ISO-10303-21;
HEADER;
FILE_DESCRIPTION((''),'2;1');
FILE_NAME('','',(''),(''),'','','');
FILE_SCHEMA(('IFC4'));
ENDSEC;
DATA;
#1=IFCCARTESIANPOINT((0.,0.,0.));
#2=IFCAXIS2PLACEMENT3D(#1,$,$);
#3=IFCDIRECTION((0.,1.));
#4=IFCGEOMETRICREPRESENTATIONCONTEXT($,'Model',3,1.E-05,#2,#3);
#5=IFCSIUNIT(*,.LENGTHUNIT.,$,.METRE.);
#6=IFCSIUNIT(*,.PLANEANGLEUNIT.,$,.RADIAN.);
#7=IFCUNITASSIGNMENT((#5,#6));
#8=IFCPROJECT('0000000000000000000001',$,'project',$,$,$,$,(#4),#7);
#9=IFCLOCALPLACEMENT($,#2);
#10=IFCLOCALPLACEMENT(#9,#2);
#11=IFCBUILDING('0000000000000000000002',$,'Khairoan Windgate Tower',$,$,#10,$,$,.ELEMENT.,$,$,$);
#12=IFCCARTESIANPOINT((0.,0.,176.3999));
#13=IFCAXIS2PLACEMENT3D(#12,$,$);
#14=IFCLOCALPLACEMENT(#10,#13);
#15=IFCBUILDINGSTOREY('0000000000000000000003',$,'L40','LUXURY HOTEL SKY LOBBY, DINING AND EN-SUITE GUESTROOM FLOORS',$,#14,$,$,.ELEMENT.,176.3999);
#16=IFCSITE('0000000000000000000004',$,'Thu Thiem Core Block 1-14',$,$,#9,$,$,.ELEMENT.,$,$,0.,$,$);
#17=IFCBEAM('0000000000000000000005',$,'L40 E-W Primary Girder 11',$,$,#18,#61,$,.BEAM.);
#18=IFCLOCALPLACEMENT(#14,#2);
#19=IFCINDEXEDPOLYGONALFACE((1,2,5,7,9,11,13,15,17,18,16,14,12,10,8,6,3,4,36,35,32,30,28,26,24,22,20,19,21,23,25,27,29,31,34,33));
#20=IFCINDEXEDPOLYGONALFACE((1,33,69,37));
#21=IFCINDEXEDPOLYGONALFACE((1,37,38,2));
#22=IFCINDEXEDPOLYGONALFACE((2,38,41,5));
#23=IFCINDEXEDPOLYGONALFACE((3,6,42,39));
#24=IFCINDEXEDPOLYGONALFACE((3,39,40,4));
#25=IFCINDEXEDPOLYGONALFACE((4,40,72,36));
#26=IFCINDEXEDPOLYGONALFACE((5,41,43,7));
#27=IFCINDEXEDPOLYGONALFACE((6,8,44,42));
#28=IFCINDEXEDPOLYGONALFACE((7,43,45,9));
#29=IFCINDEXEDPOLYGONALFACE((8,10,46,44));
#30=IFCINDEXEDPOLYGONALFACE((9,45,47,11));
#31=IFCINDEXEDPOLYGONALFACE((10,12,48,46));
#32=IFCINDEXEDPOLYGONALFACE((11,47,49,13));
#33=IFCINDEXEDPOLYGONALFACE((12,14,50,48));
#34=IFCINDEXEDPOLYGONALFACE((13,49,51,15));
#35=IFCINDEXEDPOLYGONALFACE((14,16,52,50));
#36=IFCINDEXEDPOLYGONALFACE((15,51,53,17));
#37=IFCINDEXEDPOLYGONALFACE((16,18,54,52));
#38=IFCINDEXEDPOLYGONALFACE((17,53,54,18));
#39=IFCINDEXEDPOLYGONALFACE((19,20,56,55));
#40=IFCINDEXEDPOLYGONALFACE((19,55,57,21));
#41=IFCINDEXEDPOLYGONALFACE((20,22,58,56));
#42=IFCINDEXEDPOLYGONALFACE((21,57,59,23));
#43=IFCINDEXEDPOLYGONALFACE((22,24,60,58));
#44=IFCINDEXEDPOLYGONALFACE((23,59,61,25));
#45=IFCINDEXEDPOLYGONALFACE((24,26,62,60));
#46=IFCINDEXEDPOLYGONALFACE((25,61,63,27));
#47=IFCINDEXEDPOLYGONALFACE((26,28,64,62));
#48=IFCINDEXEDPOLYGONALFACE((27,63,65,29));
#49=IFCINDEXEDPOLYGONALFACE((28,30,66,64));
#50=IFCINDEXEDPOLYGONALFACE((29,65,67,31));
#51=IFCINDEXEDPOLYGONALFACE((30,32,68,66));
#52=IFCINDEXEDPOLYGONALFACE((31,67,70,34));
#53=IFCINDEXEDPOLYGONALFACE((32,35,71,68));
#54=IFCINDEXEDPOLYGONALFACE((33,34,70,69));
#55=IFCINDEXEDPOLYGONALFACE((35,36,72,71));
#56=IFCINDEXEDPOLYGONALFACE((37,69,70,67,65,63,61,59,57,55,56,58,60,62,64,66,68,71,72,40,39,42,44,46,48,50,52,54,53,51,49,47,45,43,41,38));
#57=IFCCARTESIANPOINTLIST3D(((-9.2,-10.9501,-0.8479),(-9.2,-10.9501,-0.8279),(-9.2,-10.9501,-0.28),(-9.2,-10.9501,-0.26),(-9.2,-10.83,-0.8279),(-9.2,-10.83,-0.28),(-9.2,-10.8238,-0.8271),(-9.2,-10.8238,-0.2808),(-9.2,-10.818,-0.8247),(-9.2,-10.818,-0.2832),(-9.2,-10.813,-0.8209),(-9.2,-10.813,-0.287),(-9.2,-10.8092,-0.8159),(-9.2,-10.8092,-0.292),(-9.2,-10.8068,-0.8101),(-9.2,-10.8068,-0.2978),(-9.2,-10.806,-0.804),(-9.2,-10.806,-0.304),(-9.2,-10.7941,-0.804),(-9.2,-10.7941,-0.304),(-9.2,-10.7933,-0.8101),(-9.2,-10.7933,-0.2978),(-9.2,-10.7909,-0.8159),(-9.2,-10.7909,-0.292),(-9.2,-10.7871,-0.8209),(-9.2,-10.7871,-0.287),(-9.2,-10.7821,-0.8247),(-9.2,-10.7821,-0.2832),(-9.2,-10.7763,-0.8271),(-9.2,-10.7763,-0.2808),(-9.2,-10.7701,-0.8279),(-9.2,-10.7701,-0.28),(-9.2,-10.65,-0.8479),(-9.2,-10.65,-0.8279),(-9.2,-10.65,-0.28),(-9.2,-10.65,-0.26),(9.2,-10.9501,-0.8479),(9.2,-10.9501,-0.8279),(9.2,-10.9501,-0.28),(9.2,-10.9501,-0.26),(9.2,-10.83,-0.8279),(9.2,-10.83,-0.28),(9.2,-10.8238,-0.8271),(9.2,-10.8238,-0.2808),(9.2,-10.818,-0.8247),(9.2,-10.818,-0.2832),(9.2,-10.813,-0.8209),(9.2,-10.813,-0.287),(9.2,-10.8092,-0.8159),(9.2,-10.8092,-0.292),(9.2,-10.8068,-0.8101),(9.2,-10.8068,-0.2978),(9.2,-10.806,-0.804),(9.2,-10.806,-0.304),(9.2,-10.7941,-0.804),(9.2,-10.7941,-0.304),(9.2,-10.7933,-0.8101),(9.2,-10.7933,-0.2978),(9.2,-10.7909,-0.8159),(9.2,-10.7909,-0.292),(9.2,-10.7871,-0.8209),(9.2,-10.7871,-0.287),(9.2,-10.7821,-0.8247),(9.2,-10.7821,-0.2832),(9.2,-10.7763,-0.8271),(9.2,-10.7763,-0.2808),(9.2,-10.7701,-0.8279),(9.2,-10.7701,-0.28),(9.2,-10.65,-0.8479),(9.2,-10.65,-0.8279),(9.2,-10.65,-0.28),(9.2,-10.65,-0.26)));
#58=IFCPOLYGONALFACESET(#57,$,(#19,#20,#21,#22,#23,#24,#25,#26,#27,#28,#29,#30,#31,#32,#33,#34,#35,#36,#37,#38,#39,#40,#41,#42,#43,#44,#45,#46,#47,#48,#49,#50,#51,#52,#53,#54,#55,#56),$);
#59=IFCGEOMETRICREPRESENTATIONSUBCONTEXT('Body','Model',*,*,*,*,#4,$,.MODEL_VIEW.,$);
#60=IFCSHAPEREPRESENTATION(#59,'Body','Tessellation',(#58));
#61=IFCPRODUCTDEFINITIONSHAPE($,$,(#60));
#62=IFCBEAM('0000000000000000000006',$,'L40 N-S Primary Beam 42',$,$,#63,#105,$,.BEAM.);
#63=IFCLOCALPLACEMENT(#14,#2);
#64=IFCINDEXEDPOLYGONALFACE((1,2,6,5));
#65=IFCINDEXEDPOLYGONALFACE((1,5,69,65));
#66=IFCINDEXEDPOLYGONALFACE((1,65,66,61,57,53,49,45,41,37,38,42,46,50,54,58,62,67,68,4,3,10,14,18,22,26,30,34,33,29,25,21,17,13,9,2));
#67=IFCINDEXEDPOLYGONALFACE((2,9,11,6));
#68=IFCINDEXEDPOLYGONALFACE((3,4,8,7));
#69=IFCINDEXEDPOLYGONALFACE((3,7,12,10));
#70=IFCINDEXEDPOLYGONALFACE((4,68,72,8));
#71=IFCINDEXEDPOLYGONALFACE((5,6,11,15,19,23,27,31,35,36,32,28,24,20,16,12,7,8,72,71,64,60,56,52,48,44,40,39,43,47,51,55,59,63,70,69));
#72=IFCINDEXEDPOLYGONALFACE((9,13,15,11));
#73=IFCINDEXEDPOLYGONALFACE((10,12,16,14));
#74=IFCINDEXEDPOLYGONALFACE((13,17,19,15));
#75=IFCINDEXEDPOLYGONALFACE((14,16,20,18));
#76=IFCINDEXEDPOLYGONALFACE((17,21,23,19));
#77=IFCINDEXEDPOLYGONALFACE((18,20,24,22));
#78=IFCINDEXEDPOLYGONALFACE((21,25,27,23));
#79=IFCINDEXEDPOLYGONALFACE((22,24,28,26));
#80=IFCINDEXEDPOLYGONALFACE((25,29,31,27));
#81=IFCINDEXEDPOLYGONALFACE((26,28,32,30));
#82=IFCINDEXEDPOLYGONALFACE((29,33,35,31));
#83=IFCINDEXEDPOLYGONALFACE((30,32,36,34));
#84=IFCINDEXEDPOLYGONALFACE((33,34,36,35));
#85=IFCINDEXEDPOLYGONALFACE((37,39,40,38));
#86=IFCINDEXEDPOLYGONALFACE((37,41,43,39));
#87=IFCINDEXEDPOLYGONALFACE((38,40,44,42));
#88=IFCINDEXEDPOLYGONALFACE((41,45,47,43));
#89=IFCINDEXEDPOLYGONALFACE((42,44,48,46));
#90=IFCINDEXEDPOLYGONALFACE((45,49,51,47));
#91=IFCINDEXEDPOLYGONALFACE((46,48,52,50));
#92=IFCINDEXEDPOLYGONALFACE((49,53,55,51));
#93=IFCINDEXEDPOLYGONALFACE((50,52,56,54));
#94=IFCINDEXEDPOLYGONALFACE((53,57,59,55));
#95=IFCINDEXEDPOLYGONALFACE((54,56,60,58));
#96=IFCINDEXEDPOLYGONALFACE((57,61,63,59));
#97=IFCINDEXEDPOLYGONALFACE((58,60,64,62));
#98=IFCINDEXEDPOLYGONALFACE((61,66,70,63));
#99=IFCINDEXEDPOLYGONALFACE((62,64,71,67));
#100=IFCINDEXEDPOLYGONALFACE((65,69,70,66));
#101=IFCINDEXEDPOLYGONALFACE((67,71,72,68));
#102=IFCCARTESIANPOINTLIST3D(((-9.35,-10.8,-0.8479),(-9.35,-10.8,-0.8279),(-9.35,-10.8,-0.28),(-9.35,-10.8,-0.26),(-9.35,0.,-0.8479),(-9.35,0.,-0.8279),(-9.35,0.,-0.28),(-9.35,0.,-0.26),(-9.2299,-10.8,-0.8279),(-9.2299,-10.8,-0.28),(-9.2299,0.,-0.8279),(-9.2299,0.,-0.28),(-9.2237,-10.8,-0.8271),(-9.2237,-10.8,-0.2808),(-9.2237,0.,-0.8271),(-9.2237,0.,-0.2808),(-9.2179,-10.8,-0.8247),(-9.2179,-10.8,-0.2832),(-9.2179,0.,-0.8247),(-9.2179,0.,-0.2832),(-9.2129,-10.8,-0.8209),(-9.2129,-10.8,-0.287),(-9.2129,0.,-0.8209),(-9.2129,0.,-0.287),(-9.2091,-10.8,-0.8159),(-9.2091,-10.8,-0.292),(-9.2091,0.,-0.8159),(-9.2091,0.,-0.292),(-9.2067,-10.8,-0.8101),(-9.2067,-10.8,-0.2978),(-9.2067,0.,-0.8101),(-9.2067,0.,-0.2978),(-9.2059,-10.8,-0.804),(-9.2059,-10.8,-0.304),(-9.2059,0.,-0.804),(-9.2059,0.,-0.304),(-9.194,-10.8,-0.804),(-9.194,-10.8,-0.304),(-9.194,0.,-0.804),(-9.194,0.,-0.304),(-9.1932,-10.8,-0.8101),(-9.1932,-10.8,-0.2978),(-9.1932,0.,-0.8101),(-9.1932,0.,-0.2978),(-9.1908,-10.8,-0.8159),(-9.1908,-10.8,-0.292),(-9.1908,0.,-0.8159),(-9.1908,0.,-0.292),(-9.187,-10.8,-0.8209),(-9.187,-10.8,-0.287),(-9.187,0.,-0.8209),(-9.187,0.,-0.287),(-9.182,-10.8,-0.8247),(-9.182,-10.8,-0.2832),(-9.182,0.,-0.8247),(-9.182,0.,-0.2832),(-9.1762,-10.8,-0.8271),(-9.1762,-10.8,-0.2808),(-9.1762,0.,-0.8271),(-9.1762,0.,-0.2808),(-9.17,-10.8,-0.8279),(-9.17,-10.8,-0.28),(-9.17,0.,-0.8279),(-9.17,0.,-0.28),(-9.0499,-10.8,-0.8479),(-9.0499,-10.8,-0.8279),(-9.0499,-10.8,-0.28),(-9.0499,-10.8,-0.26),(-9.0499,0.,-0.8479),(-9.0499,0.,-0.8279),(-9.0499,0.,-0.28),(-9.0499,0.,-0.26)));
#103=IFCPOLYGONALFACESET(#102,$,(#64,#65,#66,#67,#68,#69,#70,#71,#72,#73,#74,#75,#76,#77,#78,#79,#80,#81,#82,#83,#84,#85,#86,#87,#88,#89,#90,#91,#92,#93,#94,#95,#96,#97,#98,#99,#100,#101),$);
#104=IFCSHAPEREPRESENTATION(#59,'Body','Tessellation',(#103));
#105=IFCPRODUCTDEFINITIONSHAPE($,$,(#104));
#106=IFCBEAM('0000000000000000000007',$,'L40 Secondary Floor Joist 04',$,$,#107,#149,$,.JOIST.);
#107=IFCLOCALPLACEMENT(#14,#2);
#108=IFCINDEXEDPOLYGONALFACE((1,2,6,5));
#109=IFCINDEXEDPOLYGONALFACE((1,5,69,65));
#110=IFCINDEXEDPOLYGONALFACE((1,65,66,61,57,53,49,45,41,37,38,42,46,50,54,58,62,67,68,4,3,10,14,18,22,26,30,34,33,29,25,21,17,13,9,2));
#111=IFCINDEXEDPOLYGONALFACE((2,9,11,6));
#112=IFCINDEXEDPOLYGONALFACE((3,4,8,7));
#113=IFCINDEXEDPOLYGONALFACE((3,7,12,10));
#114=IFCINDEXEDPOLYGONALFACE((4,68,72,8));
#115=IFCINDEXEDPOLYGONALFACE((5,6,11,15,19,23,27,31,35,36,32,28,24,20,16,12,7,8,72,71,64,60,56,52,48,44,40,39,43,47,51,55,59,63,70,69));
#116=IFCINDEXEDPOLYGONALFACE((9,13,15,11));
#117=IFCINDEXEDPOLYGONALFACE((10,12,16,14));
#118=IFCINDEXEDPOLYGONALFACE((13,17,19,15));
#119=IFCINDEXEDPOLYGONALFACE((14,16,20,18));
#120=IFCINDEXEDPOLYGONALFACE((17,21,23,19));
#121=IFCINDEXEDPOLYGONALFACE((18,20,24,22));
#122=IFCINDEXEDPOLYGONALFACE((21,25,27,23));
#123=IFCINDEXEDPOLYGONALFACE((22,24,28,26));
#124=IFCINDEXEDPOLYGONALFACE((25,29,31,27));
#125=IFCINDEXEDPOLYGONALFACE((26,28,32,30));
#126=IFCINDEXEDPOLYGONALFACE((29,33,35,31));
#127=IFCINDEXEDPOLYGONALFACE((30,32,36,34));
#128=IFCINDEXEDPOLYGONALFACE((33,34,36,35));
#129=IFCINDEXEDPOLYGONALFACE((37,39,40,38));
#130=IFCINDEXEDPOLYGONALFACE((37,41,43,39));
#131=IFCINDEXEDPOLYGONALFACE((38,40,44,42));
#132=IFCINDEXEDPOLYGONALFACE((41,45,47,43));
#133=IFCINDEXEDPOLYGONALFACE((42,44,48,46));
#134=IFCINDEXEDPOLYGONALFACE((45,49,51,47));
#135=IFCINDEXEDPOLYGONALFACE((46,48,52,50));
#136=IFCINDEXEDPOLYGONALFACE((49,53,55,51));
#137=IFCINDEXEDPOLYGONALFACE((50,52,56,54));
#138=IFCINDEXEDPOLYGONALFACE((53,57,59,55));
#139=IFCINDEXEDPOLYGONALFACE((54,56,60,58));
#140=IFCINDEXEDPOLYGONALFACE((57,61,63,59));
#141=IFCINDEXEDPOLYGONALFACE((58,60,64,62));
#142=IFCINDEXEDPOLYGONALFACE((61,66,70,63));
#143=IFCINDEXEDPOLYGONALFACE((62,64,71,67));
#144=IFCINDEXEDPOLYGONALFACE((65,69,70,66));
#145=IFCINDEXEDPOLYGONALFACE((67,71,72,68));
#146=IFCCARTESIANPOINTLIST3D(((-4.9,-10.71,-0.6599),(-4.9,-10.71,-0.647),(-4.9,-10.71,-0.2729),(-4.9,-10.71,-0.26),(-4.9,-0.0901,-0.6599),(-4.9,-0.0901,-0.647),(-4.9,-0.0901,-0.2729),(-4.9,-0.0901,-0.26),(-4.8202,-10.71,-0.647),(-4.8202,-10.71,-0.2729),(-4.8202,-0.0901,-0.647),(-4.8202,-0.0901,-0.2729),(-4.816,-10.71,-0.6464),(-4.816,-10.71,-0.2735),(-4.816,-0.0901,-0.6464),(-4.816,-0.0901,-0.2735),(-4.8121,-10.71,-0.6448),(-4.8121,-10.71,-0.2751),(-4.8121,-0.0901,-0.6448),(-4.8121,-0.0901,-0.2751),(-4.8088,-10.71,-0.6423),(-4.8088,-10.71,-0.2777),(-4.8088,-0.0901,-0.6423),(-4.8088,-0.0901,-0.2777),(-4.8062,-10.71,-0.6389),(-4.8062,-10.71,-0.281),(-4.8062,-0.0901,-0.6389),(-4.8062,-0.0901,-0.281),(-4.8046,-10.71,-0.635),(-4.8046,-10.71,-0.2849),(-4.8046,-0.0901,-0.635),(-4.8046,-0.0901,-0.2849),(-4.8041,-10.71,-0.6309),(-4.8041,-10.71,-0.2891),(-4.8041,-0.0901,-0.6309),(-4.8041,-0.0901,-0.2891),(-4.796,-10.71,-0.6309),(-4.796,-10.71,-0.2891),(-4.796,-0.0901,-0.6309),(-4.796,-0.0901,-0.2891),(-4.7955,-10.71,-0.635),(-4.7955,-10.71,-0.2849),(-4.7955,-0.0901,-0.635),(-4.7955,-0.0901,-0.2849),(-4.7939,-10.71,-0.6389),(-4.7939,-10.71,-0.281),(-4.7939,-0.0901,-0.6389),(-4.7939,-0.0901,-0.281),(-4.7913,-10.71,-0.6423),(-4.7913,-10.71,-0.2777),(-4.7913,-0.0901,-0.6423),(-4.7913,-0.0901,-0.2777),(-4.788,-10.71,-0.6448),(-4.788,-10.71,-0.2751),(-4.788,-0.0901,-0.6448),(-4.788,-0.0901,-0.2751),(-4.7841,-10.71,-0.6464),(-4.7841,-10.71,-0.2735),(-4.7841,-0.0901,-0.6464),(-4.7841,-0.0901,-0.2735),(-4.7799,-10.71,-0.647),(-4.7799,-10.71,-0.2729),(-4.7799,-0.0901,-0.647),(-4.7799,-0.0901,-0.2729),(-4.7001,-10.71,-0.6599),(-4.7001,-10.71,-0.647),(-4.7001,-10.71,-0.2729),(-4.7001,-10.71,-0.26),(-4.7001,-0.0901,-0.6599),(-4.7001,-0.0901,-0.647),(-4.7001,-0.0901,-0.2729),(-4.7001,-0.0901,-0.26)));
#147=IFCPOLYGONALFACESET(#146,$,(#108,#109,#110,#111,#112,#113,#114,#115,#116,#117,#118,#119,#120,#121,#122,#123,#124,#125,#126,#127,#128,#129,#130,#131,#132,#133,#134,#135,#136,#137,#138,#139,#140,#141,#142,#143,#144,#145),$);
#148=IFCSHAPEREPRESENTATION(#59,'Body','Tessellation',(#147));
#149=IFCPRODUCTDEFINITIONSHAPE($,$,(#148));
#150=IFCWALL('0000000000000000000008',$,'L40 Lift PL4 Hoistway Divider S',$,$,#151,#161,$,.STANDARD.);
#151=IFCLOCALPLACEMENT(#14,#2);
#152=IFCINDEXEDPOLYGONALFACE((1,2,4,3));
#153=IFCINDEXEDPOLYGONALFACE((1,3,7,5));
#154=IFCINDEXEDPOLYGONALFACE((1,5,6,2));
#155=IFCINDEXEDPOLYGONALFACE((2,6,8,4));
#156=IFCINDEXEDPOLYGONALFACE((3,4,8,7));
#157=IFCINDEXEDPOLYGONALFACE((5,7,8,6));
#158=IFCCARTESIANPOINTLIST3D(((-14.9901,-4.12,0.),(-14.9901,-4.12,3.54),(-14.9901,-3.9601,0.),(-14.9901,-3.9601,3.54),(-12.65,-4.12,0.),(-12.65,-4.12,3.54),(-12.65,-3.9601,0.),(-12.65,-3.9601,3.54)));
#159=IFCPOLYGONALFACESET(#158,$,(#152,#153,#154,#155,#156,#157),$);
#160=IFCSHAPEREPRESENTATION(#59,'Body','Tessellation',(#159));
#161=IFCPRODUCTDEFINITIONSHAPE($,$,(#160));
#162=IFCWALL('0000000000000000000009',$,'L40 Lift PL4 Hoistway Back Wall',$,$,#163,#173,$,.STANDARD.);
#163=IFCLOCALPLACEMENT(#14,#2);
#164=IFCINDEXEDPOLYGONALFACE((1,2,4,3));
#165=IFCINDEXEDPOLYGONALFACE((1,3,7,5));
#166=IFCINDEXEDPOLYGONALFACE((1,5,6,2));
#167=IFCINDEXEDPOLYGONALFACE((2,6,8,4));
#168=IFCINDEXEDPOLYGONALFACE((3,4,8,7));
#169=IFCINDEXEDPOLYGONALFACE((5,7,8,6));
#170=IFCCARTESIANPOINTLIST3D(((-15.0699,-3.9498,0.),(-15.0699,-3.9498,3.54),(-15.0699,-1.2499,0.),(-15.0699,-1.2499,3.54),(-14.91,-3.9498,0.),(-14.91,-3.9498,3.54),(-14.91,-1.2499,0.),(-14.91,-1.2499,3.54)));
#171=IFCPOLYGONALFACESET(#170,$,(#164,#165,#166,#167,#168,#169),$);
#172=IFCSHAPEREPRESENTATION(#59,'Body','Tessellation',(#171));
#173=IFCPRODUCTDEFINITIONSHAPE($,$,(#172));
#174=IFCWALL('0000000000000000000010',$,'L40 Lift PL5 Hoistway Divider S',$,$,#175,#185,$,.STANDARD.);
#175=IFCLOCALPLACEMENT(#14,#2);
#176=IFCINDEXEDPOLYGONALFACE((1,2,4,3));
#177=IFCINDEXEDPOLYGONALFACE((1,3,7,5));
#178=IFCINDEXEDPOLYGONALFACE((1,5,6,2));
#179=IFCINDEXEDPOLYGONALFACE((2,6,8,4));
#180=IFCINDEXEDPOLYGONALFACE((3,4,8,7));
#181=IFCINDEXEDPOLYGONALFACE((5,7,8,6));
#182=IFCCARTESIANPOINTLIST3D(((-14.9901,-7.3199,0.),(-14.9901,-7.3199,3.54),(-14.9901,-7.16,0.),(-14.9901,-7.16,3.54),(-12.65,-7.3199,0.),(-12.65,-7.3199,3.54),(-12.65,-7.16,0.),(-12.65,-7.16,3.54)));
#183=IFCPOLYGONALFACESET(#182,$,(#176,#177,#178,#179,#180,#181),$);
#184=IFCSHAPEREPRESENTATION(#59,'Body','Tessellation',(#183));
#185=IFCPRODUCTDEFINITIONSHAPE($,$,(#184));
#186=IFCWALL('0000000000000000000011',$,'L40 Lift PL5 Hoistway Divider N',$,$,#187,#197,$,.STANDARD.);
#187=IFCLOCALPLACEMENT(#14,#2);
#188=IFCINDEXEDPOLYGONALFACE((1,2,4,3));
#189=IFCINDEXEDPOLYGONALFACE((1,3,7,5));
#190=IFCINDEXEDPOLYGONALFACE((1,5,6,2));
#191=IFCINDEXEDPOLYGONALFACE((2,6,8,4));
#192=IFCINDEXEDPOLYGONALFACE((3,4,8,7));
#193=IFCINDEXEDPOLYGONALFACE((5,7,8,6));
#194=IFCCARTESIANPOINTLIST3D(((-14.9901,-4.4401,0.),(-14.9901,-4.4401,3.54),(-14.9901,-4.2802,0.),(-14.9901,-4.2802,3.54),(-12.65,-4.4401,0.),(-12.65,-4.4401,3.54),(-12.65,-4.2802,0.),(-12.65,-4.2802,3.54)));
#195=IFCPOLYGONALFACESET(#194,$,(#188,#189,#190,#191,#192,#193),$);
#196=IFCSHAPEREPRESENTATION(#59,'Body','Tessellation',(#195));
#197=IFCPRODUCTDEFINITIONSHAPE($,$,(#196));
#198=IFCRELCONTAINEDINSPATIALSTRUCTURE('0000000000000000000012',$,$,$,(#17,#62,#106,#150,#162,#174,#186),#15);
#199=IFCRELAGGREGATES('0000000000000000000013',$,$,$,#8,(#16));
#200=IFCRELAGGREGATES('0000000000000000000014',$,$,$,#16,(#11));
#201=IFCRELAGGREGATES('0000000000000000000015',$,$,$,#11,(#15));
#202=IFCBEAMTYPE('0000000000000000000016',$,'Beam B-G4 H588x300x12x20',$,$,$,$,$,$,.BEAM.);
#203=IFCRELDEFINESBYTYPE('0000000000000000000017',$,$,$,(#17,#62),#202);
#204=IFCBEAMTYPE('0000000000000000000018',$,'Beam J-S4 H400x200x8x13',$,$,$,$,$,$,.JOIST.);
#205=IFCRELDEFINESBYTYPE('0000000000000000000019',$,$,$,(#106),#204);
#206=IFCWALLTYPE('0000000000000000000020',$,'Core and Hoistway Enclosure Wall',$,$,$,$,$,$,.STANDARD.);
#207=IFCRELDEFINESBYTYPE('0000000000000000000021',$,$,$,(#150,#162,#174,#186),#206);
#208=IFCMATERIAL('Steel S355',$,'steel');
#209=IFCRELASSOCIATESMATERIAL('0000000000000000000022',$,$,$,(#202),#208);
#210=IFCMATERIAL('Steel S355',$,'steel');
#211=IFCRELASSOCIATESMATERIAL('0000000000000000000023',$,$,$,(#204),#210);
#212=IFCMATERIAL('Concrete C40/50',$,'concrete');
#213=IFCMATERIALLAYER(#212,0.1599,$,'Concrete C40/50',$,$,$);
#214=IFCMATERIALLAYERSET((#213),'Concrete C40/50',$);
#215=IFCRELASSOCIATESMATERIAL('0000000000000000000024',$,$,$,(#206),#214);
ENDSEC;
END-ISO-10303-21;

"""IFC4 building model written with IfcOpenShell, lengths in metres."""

from ifc_helpers import new_model, si_unit, direction, frame, frame_2d, origin, origin_2d, place, context, subcontext, project, spatial, rectangle, i_section, extrude, material, layer, layer_set, material_profile, profile_set, type_object, element, save


model = new_model("IFC4")

# Units and contexts
model_context = context("Model", 3, precision=1e-05, world=origin(), true_north=direction((0.0, 1.0)))
body_context = subcontext(model_context, "Body", "Model", "MODEL_VIEW")
ifc_project = project(units=[si_unit("LENGTHUNIT", "METRE"), si_unit("PLANEANGLEUNIT", "RADIAN")], contexts=[model_context])

# Site, building, storey
site_placement = place(None, origin())
site = spatial("IfcSite", under=ifc_project, at=site_placement, Name="Thu Thiem Core Block 1-14", CompositionType="ELEMENT", RefElevation=0.0)
building_placement = place(site_placement, origin())
building = spatial("IfcBuilding", under=site, at=building_placement, Name="Khairoan Windgate Tower", CompositionType="ELEMENT")
storey_placement = place(building_placement, frame((0.0, 0.0, 176.3999)))
storey = spatial("IfcBuildingStorey", under=building, at=storey_placement, Name="L40", Description="LUXURY HOTEL SKY LOBBY, DINING AND EN-SUITE GUESTROOM FLOORS", CompositionType="ELEMENT", Elevation=176.3999)

# Beams
ifc_material_1 = material(Name="Steel S355", Category="steel")
ifc_material_profile_1 = material_profile(ifc_material_1, i_section(OverallWidth=0.3, OverallDepth=0.5879, WebThickness=0.012, FlangeThickness=0.02, FilletRadius=0.0239, at=origin_2d()))
ifc_profile_set_1 = profile_set([ifc_material_profile_1], Name="Steel S355")
beam_type_1 = type_object("IfcBeamType", Name="Beam B-G4 H588x300x12x20", PredefinedType="BEAM", material=ifc_profile_set_1)
beam_1_placement = place(storey_placement, frame((-9.2, -10.8, -0.554), z_axis=(1.0, 0.0, 0.0), x_axis=(0.0, 1.0, 0.0)))
element("IfcBeam", 1, at=beam_1_placement, inside=storey, type_object=beam_type_1, Name="L40 E-W Primary Girder 11", PredefinedType="BEAM", context=body_context, shape_type="SweptSolid", body=[
    extrude(i_section(OverallWidth=0.3, OverallDepth=0.5879, WebThickness=0.012, FlangeThickness=0.02, FilletRadius=0.0239, at=origin_2d()), origin(), (0.0, 0.0, 1.0), 18.3999),
])
beam_2_placement = place(storey_placement, frame((-9.2, -10.8, -0.554), z_axis=(0.0, 1.0, 0.0), x_axis=(-1.0, 0.0, 0.0)))
element("IfcBeam", 2, at=beam_2_placement, inside=storey, type_object=beam_type_1, Name="L40 N-S Primary Beam 42", PredefinedType="BEAM", context=body_context, shape_type="SweptSolid", body=[
    extrude(i_section(OverallWidth=0.3, OverallDepth=0.5879, WebThickness=0.012, FlangeThickness=0.02, FilletRadius=0.0239, at=origin_2d()), origin(), (0.0, 0.0, 1.0), 10.8),
])
ifc_material_2 = material(Name="Steel S355", Category="steel")
ifc_material_profile_2 = material_profile(ifc_material_2, i_section(OverallWidth=0.2, OverallDepth=0.3999, WebThickness=0.0081, FlangeThickness=0.0129, FilletRadius=0.0161, at=origin_2d()))
ifc_profile_set_2 = profile_set([ifc_material_profile_2], Name="Steel S355")
beam_type_2 = type_object("IfcBeamType", Name="Beam J-S4 H400x200x8x13", PredefinedType="JOIST", material=ifc_profile_set_2)
beam_3_placement = place(storey_placement, frame((-4.8, -10.71, -0.46), z_axis=(0.0, 1.0, 0.0), x_axis=(-1.0, 0.0, 0.0)))
element("IfcBeam", 3, at=beam_3_placement, inside=storey, type_object=beam_type_2, Name="L40 Secondary Floor Joist 04", PredefinedType="JOIST", context=body_context, shape_type="SweptSolid", body=[
    extrude(i_section(OverallWidth=0.2, OverallDepth=0.3999, WebThickness=0.0081, FlangeThickness=0.0129, FilletRadius=0.0161, at=origin_2d()), origin(), (0.0, 0.0, 1.0), 10.6199),
])

# Walls
ifc_material_3 = material(Name="Concrete C40/50", Category="concrete")
ifc_layer = layer(ifc_material_3, 0.1599, Name="Concrete C40/50")
ifc_layer_set = layer_set([ifc_layer], Name="Concrete C40/50")
wall_type = type_object("IfcWallType", Name="Core and Hoistway Enclosure Wall", PredefinedType="STANDARD", material=ifc_layer_set)
wall_1_placement = place(storey_placement, frame((-14.99, -4.04, 0.0), z_axis=(0.0, 0.0, 1.0), x_axis=(1.0, 0.0, 0.0)))
element("IfcWall", 4, at=wall_1_placement, inside=storey, type_object=wall_type, Name="L40 Lift PL4 Hoistway Divider S", PredefinedType="STANDARD", context=body_context, shape_type="SweptSolid", body=[
    extrude(rectangle(XDim=2.3401, YDim=0.1599, at=frame_2d((1.1699, 0.0))), origin(), (0.0, 0.0, 1.0), 3.54),
])
wall_2_placement = place(storey_placement, frame((-14.99, -3.95, 0.0), z_axis=(0.0, 0.0, 1.0), x_axis=(0.0, 1.0, 0.0)))
element("IfcWall", 5, at=wall_2_placement, inside=storey, type_object=wall_type, Name="L40 Lift PL4 Hoistway Back Wall", PredefinedType="STANDARD", context=body_context, shape_type="SweptSolid", body=[
    extrude(rectangle(XDim=2.7, YDim=0.1599, at=frame_2d((1.3501, 0.0))), origin(), (0.0, 0.0, 1.0), 3.54),
])
for number, where, z_axis, x_axis, name in (
    (6, (-14.99, -7.24, 0.0), (0.0, 0.0, 1.0), (1.0, 0.0, 0.0), "L40 Lift PL5 Hoistway Divider S"),
    (7, (-14.99, -4.3601, 0.0), (0.0, 0.0, 1.0), (1.0, 0.0, 0.0), "L40 Lift PL5 Hoistway Divider N"),
):
    element("IfcWall", number, at=place(storey_placement, frame(where, z_axis=z_axis, x_axis=x_axis)), inside=storey, type_object=wall_type, Name=name, PredefinedType="STANDARD", context=body_context, shape_type="SweptSolid", body=[
        extrude(rectangle(XDim=2.3401, YDim=0.1599, at=frame_2d((1.1699, 0.0))), origin(), (0.0, 0.0, 1.0), 3.54),
    ])

save(model, "model.ifc")
